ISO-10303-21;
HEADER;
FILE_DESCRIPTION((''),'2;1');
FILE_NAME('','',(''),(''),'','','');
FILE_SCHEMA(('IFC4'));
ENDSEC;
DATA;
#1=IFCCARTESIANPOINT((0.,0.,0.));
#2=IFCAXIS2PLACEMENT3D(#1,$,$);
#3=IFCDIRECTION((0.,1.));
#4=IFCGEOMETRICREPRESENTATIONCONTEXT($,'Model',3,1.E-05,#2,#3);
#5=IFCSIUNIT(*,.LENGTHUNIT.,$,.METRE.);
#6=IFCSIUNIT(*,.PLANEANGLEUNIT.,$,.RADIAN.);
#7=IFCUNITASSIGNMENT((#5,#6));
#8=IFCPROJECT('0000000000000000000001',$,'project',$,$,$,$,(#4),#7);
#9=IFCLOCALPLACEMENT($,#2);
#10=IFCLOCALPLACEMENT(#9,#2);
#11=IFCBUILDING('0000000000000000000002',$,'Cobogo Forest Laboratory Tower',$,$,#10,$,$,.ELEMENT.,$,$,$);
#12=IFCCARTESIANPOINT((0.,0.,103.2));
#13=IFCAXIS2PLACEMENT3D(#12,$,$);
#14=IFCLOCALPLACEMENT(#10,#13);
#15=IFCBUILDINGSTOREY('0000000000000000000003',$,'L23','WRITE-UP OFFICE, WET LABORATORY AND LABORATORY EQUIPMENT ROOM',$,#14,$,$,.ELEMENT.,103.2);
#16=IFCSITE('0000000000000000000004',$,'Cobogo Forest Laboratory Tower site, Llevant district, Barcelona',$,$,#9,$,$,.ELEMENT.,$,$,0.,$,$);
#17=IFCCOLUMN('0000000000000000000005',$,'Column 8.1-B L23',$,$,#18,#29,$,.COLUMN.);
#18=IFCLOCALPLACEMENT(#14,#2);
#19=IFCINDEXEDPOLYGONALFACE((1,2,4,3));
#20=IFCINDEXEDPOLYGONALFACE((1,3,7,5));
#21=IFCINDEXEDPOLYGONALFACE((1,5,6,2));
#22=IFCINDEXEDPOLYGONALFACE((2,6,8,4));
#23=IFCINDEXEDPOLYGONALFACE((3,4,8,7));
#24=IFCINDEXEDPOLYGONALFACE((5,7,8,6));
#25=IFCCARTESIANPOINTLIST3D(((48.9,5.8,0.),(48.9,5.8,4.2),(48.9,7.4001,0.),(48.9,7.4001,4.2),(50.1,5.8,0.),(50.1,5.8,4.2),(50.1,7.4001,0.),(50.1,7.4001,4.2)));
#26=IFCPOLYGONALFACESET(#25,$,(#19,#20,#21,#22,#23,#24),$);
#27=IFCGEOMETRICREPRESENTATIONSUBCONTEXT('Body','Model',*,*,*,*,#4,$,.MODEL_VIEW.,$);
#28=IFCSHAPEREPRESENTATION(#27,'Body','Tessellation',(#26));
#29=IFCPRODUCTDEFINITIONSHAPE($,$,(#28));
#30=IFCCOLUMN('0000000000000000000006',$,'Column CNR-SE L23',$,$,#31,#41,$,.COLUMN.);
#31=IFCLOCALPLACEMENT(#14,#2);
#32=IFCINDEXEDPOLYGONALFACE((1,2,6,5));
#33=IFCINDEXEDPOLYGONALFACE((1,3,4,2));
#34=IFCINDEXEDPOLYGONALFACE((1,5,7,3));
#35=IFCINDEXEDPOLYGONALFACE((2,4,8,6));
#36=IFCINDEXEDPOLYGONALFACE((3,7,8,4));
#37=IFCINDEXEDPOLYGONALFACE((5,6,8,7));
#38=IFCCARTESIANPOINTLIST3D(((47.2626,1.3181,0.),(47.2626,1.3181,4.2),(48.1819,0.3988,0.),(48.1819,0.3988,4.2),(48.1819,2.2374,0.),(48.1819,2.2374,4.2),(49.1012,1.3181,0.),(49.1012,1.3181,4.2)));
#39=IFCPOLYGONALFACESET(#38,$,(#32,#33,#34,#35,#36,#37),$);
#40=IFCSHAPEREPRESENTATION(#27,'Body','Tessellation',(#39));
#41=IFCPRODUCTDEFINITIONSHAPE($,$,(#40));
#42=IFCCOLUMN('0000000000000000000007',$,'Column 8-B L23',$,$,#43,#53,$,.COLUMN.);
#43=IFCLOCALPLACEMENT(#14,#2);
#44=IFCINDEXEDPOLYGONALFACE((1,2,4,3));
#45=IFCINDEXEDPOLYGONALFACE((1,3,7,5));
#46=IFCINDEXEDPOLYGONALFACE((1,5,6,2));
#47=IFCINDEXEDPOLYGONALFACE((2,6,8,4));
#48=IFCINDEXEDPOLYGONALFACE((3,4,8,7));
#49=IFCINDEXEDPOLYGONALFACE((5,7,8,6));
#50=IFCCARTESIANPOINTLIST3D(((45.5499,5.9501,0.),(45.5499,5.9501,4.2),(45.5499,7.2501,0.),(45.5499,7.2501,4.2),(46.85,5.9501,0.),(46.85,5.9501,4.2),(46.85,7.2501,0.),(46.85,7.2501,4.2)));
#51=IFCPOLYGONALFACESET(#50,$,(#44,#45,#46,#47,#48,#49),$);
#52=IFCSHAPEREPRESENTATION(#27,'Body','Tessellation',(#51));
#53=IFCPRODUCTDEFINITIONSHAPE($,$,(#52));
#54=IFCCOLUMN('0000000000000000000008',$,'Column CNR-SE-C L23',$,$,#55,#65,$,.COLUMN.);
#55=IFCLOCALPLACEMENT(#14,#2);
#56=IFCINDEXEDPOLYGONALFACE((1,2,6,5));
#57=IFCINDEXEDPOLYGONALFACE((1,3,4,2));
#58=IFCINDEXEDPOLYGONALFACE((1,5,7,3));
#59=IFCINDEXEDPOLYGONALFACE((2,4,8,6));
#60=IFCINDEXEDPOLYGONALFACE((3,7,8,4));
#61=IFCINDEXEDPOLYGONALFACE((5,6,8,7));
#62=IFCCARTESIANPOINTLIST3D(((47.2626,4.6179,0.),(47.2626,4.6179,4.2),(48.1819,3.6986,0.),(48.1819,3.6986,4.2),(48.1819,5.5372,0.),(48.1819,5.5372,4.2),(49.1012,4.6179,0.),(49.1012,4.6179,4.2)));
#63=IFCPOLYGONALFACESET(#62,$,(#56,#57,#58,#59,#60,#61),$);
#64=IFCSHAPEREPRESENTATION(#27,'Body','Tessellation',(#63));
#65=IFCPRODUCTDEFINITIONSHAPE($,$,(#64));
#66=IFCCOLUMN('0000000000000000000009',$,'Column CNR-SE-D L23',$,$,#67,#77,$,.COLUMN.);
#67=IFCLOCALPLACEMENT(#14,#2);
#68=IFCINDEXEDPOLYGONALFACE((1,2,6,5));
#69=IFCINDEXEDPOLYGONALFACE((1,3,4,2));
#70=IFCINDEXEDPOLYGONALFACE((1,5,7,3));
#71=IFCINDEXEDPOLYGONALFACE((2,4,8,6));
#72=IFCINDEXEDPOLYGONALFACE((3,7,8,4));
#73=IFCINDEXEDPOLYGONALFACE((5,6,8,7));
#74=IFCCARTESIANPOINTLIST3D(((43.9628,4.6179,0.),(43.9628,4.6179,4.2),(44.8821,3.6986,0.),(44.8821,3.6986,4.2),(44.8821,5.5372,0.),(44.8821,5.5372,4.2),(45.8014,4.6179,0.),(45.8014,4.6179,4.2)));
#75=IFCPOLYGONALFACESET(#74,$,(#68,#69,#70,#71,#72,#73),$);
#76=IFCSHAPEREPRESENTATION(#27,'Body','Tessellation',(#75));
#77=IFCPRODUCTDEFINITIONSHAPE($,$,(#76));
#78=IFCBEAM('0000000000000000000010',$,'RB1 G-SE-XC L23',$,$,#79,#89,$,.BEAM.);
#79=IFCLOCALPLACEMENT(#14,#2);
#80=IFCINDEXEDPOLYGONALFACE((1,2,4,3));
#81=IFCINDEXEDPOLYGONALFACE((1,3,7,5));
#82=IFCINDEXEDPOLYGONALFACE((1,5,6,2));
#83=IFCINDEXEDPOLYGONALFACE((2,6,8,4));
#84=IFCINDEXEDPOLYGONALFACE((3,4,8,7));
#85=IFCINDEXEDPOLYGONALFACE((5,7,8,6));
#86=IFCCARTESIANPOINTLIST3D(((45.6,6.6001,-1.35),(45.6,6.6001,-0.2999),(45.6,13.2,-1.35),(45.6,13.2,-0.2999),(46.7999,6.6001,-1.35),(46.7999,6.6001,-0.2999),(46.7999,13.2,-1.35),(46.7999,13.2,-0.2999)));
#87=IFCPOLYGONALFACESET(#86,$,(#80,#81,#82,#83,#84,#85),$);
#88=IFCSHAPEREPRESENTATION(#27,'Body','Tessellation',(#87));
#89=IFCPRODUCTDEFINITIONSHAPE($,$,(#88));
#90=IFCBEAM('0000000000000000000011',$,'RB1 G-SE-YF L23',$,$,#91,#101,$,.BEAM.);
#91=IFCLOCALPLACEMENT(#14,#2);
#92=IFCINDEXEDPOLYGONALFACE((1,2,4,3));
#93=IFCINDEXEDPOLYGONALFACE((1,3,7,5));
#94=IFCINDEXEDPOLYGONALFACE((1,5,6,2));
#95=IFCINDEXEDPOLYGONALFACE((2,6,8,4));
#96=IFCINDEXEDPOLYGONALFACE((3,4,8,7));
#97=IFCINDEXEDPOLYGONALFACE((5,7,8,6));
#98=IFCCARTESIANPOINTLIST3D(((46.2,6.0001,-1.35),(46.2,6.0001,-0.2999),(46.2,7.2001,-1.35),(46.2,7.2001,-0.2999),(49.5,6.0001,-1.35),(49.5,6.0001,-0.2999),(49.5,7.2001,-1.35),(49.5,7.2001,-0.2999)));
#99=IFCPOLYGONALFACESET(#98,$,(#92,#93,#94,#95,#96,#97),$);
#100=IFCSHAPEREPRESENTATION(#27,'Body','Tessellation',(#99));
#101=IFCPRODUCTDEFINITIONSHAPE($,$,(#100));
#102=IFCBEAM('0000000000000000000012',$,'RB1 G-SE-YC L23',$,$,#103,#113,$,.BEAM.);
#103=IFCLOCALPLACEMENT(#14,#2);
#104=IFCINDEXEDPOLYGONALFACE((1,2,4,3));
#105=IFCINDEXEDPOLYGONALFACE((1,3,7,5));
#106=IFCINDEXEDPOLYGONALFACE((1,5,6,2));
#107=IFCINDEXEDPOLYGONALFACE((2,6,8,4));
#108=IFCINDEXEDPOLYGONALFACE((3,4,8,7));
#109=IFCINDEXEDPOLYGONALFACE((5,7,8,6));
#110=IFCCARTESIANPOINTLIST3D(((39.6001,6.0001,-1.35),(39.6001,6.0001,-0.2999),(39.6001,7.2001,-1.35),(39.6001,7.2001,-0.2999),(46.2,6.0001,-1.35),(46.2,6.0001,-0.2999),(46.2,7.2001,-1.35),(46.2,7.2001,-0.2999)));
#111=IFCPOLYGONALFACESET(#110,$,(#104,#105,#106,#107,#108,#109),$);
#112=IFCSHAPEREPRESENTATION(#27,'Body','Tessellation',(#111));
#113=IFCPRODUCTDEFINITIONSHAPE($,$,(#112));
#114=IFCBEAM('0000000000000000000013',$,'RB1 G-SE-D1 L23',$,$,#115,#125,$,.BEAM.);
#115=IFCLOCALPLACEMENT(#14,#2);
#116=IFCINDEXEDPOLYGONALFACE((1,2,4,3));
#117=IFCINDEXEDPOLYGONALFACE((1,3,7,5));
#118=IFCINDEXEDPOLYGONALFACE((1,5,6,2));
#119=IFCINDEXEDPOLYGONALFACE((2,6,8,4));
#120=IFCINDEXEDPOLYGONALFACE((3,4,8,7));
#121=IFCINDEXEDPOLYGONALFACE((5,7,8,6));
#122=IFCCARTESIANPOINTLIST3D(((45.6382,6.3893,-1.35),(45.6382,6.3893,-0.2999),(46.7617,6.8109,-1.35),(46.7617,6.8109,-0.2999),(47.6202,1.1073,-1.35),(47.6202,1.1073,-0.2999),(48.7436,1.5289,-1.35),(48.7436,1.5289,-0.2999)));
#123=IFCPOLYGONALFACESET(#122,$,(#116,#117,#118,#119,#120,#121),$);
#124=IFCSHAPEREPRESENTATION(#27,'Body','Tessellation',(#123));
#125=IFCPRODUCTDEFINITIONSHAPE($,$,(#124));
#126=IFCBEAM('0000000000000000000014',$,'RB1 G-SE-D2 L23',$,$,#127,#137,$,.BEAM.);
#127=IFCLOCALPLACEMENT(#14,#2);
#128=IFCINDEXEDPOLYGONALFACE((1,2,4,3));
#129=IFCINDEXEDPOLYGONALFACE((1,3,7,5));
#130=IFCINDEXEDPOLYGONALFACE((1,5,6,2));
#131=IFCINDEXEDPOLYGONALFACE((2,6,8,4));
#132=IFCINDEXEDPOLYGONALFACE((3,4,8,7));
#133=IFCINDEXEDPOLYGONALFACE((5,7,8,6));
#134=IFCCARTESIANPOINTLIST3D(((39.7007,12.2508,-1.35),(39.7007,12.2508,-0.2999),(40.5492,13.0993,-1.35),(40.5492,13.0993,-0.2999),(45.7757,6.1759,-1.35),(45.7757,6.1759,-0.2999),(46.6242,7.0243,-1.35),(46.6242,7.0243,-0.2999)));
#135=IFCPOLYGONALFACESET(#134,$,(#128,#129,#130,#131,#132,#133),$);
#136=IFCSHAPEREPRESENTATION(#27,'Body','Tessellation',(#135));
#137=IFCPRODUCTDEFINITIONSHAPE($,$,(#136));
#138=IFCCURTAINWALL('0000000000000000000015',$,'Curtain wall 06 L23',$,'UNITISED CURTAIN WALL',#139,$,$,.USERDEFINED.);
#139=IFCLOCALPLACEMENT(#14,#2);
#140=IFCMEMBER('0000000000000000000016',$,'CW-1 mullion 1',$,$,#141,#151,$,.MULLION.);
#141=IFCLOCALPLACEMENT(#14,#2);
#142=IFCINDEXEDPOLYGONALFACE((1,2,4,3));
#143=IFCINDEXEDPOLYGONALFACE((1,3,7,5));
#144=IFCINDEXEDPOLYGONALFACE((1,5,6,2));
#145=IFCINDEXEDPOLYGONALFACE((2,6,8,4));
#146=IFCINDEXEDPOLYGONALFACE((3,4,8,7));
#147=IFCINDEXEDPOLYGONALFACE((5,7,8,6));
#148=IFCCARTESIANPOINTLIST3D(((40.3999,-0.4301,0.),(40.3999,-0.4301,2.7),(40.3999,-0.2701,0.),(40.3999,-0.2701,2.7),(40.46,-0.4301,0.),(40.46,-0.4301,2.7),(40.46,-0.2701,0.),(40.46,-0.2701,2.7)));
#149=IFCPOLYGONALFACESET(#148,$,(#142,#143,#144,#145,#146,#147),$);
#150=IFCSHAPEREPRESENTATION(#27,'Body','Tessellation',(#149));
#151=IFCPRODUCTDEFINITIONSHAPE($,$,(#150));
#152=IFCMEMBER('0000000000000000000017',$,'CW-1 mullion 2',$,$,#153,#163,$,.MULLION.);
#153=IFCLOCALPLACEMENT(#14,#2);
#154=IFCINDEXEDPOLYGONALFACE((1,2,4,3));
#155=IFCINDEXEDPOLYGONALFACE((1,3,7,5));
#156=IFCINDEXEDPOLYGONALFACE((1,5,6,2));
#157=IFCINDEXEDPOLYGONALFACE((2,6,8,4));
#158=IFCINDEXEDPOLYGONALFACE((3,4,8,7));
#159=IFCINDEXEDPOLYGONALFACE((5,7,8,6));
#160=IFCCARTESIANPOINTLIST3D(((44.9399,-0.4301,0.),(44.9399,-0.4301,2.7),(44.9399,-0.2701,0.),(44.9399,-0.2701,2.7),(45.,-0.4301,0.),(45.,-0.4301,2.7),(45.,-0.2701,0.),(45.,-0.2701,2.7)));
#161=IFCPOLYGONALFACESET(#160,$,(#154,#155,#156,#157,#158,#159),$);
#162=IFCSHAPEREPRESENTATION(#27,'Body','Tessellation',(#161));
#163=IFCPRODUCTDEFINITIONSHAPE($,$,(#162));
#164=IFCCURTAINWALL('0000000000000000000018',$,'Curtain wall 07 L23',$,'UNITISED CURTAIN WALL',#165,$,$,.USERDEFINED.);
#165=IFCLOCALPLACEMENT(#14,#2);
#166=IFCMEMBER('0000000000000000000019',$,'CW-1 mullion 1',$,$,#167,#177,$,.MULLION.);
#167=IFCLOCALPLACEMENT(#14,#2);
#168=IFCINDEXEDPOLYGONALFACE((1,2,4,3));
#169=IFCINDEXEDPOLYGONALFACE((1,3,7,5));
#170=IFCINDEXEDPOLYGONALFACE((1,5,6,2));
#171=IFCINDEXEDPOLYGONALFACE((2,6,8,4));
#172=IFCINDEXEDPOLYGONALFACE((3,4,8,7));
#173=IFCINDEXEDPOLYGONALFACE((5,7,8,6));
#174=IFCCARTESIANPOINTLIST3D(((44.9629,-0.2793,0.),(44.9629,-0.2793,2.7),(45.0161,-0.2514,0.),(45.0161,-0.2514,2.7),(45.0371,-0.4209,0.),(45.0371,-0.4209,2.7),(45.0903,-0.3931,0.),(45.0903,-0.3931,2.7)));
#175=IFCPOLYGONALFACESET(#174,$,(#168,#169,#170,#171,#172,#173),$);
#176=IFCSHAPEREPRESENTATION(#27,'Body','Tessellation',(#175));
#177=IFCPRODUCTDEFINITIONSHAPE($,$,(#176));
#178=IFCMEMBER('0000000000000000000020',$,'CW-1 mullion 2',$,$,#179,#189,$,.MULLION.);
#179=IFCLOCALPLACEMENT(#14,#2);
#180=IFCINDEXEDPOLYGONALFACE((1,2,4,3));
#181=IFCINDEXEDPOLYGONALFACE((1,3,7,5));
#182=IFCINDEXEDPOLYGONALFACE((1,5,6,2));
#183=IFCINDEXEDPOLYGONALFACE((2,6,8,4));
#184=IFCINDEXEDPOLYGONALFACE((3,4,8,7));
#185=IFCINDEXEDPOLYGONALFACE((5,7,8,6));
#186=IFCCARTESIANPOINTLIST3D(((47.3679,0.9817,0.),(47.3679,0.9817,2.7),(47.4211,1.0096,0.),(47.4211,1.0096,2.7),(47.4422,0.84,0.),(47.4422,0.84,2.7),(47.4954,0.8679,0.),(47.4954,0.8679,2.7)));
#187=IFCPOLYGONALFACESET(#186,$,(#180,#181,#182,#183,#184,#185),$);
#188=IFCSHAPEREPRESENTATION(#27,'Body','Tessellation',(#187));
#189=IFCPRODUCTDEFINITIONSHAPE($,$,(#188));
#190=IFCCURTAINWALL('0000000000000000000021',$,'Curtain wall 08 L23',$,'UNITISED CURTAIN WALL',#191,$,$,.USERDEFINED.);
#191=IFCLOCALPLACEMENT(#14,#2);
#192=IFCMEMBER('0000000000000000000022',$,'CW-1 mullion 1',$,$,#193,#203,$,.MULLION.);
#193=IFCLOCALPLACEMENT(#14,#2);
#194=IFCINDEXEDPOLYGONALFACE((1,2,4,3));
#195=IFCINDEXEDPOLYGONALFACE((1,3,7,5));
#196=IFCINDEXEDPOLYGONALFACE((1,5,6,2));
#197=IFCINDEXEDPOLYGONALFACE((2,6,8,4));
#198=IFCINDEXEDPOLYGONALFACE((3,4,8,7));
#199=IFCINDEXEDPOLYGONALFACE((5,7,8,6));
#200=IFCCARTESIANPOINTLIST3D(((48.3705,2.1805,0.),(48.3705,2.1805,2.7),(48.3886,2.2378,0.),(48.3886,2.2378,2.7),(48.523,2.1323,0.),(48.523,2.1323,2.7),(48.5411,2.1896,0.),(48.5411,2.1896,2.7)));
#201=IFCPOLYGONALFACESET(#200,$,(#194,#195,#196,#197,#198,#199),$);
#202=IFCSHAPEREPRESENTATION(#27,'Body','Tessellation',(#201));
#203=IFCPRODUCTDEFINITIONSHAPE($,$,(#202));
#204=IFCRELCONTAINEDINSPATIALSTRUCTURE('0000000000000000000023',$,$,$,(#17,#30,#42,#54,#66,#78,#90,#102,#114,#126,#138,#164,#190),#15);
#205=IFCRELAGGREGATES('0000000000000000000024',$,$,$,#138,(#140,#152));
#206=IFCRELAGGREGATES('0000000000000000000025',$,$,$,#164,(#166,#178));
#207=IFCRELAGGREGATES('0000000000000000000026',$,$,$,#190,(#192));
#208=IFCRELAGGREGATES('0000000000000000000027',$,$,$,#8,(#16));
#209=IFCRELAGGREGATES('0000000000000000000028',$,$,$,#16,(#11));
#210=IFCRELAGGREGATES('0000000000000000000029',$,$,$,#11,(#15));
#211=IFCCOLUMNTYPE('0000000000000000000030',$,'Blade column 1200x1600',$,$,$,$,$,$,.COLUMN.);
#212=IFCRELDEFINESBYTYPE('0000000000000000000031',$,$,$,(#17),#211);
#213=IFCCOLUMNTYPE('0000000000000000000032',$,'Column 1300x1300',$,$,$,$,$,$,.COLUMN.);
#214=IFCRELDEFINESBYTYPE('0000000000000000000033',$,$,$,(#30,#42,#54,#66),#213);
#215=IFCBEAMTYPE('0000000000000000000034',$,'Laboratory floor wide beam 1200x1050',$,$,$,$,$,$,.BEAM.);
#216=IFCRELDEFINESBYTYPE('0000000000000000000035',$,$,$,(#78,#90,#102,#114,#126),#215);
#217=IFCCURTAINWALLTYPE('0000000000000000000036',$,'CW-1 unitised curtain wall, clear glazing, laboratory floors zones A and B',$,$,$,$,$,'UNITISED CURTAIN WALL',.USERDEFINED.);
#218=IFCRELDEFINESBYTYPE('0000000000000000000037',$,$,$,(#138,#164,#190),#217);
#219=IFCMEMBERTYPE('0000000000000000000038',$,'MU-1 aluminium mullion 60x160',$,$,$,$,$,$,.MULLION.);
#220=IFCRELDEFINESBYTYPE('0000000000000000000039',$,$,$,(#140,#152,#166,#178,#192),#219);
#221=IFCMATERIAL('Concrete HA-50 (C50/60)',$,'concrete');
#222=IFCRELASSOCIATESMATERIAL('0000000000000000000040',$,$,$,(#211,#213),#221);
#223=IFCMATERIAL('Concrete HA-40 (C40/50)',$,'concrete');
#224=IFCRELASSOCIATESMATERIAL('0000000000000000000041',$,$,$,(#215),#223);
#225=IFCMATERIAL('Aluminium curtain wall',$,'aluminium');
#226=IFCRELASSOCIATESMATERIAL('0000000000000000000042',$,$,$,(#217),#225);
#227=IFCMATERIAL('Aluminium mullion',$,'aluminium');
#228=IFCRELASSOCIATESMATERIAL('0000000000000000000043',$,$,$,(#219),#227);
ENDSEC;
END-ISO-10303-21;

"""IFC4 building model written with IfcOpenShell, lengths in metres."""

from ifc_helpers import new_model, si_unit, direction, frame, origin, origin_2d, place, context, subcontext, project, spatial, rectangle, extrude, material, material_profile, profile_set, type_object, element, aggregate, save


model = new_model("IFC4")

# Units and contexts
model_context = context("Model", 3, precision=1e-05, world=origin(), true_north=direction((0.0, 1.0)))
body_context = subcontext(model_context, "Body", "Model", "MODEL_VIEW")
ifc_project = project(units=[si_unit("LENGTHUNIT", "METRE"), si_unit("PLANEANGLEUNIT", "RADIAN")], contexts=[model_context])

# Site, building, storey
site_placement = place(None, origin())
site = spatial("IfcSite", under=ifc_project, at=site_placement, Name="Cobogo Forest Laboratory Tower site, Llevant district, Barcelona", CompositionType="ELEMENT", RefElevation=0.0)
building_placement = place(site_placement, origin())
building = spatial("IfcBuilding", under=site, at=building_placement, Name="Cobogo Forest Laboratory Tower", CompositionType="ELEMENT")
storey_placement = place(building_placement, frame((0.0, 0.0, 103.2)))
storey = spatial("IfcBuildingStorey", under=building, at=storey_placement, Name="L23", Description="WRITE-UP OFFICE, WET LABORATORY AND LABORATORY EQUIPMENT ROOM", CompositionType="ELEMENT", Elevation=103.2)

# Columns
ifc_material_1 = material(Name="Concrete HA-50 (C50/60)", Category="concrete")
ifc_material_profile_1 = material_profile(ifc_material_1, rectangle(XDim=1.6001, YDim=1.2, at=origin_2d()), Name="RC 1200x1600")
ifc_profile_set_1 = profile_set([ifc_material_profile_1], Name="Concrete HA-50 (C50/60)")
column_type_1 = type_object("IfcColumnType", Name="Blade column 1200x1600", PredefinedType="COLUMN", material=ifc_profile_set_1)
column_placement = place(storey_placement, frame((49.5, 6.6001, 0.0), z_axis=(0.0, 0.0, 1.0), x_axis=(0.0, 1.0, 0.0)))
element("IfcColumn", 1, at=column_placement, inside=storey, type_object=column_type_1, Name="Column 8.1-B L23", PredefinedType="COLUMN", context=body_context, shape_type="SweptSolid", body=[
    extrude(rectangle(XDim=1.6001, YDim=1.2, at=origin_2d()), origin(), (0.0, 0.0, 1.0), 4.2),
])
ifc_material_profile_2 = material_profile(ifc_material_1, rectangle(XDim=1.3, YDim=1.3, at=origin_2d()), Name="RC 1300x1300")
ifc_profile_set_2 = profile_set([ifc_material_profile_2], Name="Concrete HA-50 (C50/60)")
column_type_2 = type_object("IfcColumnType", Name="Column 1300x1300", PredefinedType="COLUMN", material=ifc_profile_set_2)
for number, where, z_axis, x_axis, name in (
    (2, (48.1819, 1.3181, 0.0), (0.0, 0.0, 1.0), (0.707107, 0.707107, 0.0), "Column CNR-SE L23"),
    (3, (46.2, 6.6001, 0.0), (0.0, 0.0, 1.0), (1.0, 0.0, 0.0), "Column 8-B L23"),
    (4, (48.1819, 4.6179, 0.0), (0.0, 0.0, 1.0), (0.707107, 0.707107, 0.0), "Column CNR-SE-C L23"),
    (5, (44.8821, 4.6179, 0.0), (0.0, 0.0, 1.0), (0.707107, 0.707107, 0.0), "Column CNR-SE-D L23"),
):
    element("IfcColumn", number, at=place(storey_placement, frame(where, z_axis=z_axis, x_axis=x_axis)), inside=storey, type_object=column_type_2, Name=name, PredefinedType="COLUMN", context=body_context, shape_type="SweptSolid", body=[
        extrude(rectangle(XDim=1.3, YDim=1.3, at=origin_2d()), origin(), (0.0, 0.0, 1.0), 4.2),
    ])

# Beams
ifc_material_2 = material(Name="Concrete HA-40 (C40/50)", Category="concrete")
ifc_material_profile_3 = material_profile(ifc_material_2, rectangle(XDim=1.2, YDim=1.05, at=origin_2d()), Name="RC 1200x1050")
ifc_profile_set_3 = profile_set([ifc_material_profile_3], Name="Concrete HA-40 (C40/50)")
beam_type_1 = type_object("IfcBeamType", Name="Laboratory floor wide beam 1200x1050", PredefinedType="BEAM", material=ifc_profile_set_3)
beam_1_placement = place(storey_placement, frame((46.2, 6.6001, -0.825), z_axis=(0.0, 1.0, 0.0), x_axis=(-1.0, 0.0, 0.0)))
element("IfcBeam", 6, at=beam_1_placement, inside=storey, type_object=beam_type_1, Name="RB1 G-SE-XC L23", PredefinedType="BEAM", context=body_context, shape_type="SweptSolid", body=[
    extrude(rectangle(XDim=1.2, YDim=1.05, at=origin_2d()), origin(), (0.0, 0.0, 1.0), 6.5999),
])
beam_2_placement = place(storey_placement, frame((49.5, 6.6001, -0.825), z_axis=(-1.0, 0.0, 0.0), x_axis=(0.0, -1.0, 0.0)))
element("IfcBeam", 7, at=beam_2_placement, inside=storey, type_object=beam_type_1, Name="RB1 G-SE-YF L23", PredefinedType="BEAM", context=body_context, shape_type="SweptSolid", body=[
    extrude(rectangle(XDim=1.2, YDim=1.05, at=origin_2d()), origin(), (0.0, 0.0, 1.0), 3.3),
])
beam_3_placement = place(storey_placement, frame((46.2, 6.6001, -0.825), z_axis=(-1.0, 0.0, 0.0), x_axis=(0.0, -1.0, 0.0)))
element("IfcBeam", 8, at=beam_3_placement, inside=storey, type_object=beam_type_1, Name="RB1 G-SE-YC L23", PredefinedType="BEAM", context=body_context, shape_type="SweptSolid", body=[
    extrude(rectangle(XDim=1.2, YDim=1.05, at=origin_2d()), origin(), (0.0, 0.0, 1.0), 6.5999),
])
beam_4_placement = place(storey_placement, frame((48.1819, 1.3181, -0.825), z_axis=(-0.351308, 0.93626, 0.0), x_axis=(-0.93626, -0.351308, 0.0)))
element("IfcBeam", 9, at=beam_4_placement, inside=storey, type_object=beam_type_1, Name="RB1 G-SE-D1 L23", PredefinedType="BEAM", context=body_context, shape_type="SweptSolid", body=[
    extrude(rectangle(XDim=1.2, YDim=1.05, at=origin_2d()), origin(), (0.0, 0.0, 1.0), 5.6416),
])
beam_5_placement = place(storey_placement, frame((46.2, 6.6001, -0.825), z_axis=(-0.707107, 0.707107, 0.0), x_axis=(-0.707107, -0.707107, 0.0)))
element("IfcBeam", 10, at=beam_5_placement, inside=storey, type_object=beam_type_1, Name="RB1 G-SE-D2 L23", PredefinedType="BEAM", context=body_context, shape_type="SweptSolid", body=[
    extrude(rectangle(XDim=1.2, YDim=1.05, at=origin_2d()), origin(), (0.0, 0.0, 1.0), 8.5913),
])

# Curtain walls, members
ifc_material_3 = material(Name="Aluminium curtain wall", Category="aluminium")
curtain_wall_type = type_object("IfcCurtainWallType", Name="CW-1 unitised curtain wall, clear glazing, laboratory floors zones A and B", ElementType="UNITISED CURTAIN WALL", PredefinedType="USERDEFINED", material=ifc_material_3)
curtain_wall_1_placement = place(storey_placement, origin())
curtain_wall_1 = element("IfcCurtainWall", 11, at=curtain_wall_1_placement, inside=storey, type_object=curtain_wall_type, Name="Curtain wall 06 L23", ObjectType="UNITISED CURTAIN WALL", PredefinedType="USERDEFINED")
ifc_material_4 = material(Name="Aluminium mullion", Category="aluminium")
ifc_material_profile_4 = material_profile(ifc_material_4, rectangle(XDim=0.0601, YDim=0.1599, at=origin_2d()), Name="AL 60x160")
ifc_profile_set_4 = profile_set([ifc_material_profile_4], Name="Aluminium mullion")
member_type_1 = type_object("IfcMemberType", Name="MU-1 aluminium mullion 60x160", PredefinedType="MULLION", material=ifc_profile_set_4)
member_1_placement = place(storey_placement, frame((40.4299, -0.3501, 0.0), z_axis=(0.0, 0.0, 1.0), x_axis=(1.0, 0.0, 0.0)))
member_1 = element("IfcMember", 12, at=member_1_placement, type_object=member_type_1, Name="CW-1 mullion 1", PredefinedType="MULLION", context=body_context, shape_type="SweptSolid", body=[
    extrude(rectangle(XDim=0.0601, YDim=0.1599, at=origin_2d()), origin(), (0.0, 0.0, 1.0), 2.7),
])
member_2_placement = place(storey_placement, frame((44.97, -0.3501, 0.0), z_axis=(0.0, 0.0, 1.0), x_axis=(1.0, 0.0, 0.0)))
member_2 = element("IfcMember", 13, at=member_2_placement, type_object=member_type_1, Name="CW-1 mullion 2", PredefinedType="MULLION", context=body_context, shape_type="SweptSolid", body=[
    extrude(rectangle(XDim=0.0601, YDim=0.1599, at=origin_2d()), origin(), (0.0, 0.0, 1.0), 2.7),
])
curtain_wall_2_placement = place(storey_placement, origin())
curtain_wall_2 = element("IfcCurtainWall", 14, at=curtain_wall_2_placement, inside=storey, type_object=curtain_wall_type, Name="Curtain wall 07 L23", ObjectType="UNITISED CURTAIN WALL", PredefinedType="USERDEFINED")
member_3_placement = place(storey_placement, frame((45.0266, -0.3362, 0.0), z_axis=(0.0, 0.0, 1.0), x_axis=(0.885687, 0.464284, 0.0)))
member_3 = element("IfcMember", 15, at=member_3_placement, type_object=member_type_1, Name="CW-1 mullion 1", PredefinedType="MULLION", context=body_context, shape_type="SweptSolid", body=[
    extrude(rectangle(XDim=0.0601, YDim=0.1599, at=origin_2d()), origin(), (0.0, 0.0, 1.0), 2.7),
])
member_4_placement = place(storey_placement, frame((47.4316, 0.9248, 0.0), z_axis=(0.0, 0.0, 1.0), x_axis=(0.885687, 0.464284, 0.0)))
member_4 = element("IfcMember", 16, at=member_4_placement, type_object=member_type_1, Name="CW-1 mullion 2", PredefinedType="MULLION", context=body_context, shape_type="SweptSolid", body=[
    extrude(rectangle(XDim=0.0601, YDim=0.1599, at=origin_2d()), origin(), (0.0, 0.0, 1.0), 2.7),
])
curtain_wall_3_placement = place(storey_placement, origin())
curtain_wall_3 = element("IfcCurtainWall", 17, at=curtain_wall_3_placement, inside=storey, type_object=curtain_wall_type, Name="Curtain wall 08 L23", ObjectType="UNITISED CURTAIN WALL", PredefinedType="USERDEFINED")
member_5_placement = place(storey_placement, frame((48.4558, 2.1851, 0.0), z_axis=(0.0, 0.0, 1.0), x_axis=(0.301135, 0.953581, 0.0)))
member_5 = element("IfcMember", 18, at=member_5_placement, type_object=member_type_1, Name="CW-1 mullion 1", PredefinedType="MULLION", context=body_context, shape_type="SweptSolid", body=[
    extrude(rectangle(XDim=0.0601, YDim=0.1599, at=origin_2d()), origin(), (0.0, 0.0, 1.0), 2.7),
])

aggregate(curtain_wall_1, [member_1, member_2])
aggregate(curtain_wall_2, [member_3, member_4])
aggregate(curtain_wall_3, [member_5])

save(model, "model.ifc")
